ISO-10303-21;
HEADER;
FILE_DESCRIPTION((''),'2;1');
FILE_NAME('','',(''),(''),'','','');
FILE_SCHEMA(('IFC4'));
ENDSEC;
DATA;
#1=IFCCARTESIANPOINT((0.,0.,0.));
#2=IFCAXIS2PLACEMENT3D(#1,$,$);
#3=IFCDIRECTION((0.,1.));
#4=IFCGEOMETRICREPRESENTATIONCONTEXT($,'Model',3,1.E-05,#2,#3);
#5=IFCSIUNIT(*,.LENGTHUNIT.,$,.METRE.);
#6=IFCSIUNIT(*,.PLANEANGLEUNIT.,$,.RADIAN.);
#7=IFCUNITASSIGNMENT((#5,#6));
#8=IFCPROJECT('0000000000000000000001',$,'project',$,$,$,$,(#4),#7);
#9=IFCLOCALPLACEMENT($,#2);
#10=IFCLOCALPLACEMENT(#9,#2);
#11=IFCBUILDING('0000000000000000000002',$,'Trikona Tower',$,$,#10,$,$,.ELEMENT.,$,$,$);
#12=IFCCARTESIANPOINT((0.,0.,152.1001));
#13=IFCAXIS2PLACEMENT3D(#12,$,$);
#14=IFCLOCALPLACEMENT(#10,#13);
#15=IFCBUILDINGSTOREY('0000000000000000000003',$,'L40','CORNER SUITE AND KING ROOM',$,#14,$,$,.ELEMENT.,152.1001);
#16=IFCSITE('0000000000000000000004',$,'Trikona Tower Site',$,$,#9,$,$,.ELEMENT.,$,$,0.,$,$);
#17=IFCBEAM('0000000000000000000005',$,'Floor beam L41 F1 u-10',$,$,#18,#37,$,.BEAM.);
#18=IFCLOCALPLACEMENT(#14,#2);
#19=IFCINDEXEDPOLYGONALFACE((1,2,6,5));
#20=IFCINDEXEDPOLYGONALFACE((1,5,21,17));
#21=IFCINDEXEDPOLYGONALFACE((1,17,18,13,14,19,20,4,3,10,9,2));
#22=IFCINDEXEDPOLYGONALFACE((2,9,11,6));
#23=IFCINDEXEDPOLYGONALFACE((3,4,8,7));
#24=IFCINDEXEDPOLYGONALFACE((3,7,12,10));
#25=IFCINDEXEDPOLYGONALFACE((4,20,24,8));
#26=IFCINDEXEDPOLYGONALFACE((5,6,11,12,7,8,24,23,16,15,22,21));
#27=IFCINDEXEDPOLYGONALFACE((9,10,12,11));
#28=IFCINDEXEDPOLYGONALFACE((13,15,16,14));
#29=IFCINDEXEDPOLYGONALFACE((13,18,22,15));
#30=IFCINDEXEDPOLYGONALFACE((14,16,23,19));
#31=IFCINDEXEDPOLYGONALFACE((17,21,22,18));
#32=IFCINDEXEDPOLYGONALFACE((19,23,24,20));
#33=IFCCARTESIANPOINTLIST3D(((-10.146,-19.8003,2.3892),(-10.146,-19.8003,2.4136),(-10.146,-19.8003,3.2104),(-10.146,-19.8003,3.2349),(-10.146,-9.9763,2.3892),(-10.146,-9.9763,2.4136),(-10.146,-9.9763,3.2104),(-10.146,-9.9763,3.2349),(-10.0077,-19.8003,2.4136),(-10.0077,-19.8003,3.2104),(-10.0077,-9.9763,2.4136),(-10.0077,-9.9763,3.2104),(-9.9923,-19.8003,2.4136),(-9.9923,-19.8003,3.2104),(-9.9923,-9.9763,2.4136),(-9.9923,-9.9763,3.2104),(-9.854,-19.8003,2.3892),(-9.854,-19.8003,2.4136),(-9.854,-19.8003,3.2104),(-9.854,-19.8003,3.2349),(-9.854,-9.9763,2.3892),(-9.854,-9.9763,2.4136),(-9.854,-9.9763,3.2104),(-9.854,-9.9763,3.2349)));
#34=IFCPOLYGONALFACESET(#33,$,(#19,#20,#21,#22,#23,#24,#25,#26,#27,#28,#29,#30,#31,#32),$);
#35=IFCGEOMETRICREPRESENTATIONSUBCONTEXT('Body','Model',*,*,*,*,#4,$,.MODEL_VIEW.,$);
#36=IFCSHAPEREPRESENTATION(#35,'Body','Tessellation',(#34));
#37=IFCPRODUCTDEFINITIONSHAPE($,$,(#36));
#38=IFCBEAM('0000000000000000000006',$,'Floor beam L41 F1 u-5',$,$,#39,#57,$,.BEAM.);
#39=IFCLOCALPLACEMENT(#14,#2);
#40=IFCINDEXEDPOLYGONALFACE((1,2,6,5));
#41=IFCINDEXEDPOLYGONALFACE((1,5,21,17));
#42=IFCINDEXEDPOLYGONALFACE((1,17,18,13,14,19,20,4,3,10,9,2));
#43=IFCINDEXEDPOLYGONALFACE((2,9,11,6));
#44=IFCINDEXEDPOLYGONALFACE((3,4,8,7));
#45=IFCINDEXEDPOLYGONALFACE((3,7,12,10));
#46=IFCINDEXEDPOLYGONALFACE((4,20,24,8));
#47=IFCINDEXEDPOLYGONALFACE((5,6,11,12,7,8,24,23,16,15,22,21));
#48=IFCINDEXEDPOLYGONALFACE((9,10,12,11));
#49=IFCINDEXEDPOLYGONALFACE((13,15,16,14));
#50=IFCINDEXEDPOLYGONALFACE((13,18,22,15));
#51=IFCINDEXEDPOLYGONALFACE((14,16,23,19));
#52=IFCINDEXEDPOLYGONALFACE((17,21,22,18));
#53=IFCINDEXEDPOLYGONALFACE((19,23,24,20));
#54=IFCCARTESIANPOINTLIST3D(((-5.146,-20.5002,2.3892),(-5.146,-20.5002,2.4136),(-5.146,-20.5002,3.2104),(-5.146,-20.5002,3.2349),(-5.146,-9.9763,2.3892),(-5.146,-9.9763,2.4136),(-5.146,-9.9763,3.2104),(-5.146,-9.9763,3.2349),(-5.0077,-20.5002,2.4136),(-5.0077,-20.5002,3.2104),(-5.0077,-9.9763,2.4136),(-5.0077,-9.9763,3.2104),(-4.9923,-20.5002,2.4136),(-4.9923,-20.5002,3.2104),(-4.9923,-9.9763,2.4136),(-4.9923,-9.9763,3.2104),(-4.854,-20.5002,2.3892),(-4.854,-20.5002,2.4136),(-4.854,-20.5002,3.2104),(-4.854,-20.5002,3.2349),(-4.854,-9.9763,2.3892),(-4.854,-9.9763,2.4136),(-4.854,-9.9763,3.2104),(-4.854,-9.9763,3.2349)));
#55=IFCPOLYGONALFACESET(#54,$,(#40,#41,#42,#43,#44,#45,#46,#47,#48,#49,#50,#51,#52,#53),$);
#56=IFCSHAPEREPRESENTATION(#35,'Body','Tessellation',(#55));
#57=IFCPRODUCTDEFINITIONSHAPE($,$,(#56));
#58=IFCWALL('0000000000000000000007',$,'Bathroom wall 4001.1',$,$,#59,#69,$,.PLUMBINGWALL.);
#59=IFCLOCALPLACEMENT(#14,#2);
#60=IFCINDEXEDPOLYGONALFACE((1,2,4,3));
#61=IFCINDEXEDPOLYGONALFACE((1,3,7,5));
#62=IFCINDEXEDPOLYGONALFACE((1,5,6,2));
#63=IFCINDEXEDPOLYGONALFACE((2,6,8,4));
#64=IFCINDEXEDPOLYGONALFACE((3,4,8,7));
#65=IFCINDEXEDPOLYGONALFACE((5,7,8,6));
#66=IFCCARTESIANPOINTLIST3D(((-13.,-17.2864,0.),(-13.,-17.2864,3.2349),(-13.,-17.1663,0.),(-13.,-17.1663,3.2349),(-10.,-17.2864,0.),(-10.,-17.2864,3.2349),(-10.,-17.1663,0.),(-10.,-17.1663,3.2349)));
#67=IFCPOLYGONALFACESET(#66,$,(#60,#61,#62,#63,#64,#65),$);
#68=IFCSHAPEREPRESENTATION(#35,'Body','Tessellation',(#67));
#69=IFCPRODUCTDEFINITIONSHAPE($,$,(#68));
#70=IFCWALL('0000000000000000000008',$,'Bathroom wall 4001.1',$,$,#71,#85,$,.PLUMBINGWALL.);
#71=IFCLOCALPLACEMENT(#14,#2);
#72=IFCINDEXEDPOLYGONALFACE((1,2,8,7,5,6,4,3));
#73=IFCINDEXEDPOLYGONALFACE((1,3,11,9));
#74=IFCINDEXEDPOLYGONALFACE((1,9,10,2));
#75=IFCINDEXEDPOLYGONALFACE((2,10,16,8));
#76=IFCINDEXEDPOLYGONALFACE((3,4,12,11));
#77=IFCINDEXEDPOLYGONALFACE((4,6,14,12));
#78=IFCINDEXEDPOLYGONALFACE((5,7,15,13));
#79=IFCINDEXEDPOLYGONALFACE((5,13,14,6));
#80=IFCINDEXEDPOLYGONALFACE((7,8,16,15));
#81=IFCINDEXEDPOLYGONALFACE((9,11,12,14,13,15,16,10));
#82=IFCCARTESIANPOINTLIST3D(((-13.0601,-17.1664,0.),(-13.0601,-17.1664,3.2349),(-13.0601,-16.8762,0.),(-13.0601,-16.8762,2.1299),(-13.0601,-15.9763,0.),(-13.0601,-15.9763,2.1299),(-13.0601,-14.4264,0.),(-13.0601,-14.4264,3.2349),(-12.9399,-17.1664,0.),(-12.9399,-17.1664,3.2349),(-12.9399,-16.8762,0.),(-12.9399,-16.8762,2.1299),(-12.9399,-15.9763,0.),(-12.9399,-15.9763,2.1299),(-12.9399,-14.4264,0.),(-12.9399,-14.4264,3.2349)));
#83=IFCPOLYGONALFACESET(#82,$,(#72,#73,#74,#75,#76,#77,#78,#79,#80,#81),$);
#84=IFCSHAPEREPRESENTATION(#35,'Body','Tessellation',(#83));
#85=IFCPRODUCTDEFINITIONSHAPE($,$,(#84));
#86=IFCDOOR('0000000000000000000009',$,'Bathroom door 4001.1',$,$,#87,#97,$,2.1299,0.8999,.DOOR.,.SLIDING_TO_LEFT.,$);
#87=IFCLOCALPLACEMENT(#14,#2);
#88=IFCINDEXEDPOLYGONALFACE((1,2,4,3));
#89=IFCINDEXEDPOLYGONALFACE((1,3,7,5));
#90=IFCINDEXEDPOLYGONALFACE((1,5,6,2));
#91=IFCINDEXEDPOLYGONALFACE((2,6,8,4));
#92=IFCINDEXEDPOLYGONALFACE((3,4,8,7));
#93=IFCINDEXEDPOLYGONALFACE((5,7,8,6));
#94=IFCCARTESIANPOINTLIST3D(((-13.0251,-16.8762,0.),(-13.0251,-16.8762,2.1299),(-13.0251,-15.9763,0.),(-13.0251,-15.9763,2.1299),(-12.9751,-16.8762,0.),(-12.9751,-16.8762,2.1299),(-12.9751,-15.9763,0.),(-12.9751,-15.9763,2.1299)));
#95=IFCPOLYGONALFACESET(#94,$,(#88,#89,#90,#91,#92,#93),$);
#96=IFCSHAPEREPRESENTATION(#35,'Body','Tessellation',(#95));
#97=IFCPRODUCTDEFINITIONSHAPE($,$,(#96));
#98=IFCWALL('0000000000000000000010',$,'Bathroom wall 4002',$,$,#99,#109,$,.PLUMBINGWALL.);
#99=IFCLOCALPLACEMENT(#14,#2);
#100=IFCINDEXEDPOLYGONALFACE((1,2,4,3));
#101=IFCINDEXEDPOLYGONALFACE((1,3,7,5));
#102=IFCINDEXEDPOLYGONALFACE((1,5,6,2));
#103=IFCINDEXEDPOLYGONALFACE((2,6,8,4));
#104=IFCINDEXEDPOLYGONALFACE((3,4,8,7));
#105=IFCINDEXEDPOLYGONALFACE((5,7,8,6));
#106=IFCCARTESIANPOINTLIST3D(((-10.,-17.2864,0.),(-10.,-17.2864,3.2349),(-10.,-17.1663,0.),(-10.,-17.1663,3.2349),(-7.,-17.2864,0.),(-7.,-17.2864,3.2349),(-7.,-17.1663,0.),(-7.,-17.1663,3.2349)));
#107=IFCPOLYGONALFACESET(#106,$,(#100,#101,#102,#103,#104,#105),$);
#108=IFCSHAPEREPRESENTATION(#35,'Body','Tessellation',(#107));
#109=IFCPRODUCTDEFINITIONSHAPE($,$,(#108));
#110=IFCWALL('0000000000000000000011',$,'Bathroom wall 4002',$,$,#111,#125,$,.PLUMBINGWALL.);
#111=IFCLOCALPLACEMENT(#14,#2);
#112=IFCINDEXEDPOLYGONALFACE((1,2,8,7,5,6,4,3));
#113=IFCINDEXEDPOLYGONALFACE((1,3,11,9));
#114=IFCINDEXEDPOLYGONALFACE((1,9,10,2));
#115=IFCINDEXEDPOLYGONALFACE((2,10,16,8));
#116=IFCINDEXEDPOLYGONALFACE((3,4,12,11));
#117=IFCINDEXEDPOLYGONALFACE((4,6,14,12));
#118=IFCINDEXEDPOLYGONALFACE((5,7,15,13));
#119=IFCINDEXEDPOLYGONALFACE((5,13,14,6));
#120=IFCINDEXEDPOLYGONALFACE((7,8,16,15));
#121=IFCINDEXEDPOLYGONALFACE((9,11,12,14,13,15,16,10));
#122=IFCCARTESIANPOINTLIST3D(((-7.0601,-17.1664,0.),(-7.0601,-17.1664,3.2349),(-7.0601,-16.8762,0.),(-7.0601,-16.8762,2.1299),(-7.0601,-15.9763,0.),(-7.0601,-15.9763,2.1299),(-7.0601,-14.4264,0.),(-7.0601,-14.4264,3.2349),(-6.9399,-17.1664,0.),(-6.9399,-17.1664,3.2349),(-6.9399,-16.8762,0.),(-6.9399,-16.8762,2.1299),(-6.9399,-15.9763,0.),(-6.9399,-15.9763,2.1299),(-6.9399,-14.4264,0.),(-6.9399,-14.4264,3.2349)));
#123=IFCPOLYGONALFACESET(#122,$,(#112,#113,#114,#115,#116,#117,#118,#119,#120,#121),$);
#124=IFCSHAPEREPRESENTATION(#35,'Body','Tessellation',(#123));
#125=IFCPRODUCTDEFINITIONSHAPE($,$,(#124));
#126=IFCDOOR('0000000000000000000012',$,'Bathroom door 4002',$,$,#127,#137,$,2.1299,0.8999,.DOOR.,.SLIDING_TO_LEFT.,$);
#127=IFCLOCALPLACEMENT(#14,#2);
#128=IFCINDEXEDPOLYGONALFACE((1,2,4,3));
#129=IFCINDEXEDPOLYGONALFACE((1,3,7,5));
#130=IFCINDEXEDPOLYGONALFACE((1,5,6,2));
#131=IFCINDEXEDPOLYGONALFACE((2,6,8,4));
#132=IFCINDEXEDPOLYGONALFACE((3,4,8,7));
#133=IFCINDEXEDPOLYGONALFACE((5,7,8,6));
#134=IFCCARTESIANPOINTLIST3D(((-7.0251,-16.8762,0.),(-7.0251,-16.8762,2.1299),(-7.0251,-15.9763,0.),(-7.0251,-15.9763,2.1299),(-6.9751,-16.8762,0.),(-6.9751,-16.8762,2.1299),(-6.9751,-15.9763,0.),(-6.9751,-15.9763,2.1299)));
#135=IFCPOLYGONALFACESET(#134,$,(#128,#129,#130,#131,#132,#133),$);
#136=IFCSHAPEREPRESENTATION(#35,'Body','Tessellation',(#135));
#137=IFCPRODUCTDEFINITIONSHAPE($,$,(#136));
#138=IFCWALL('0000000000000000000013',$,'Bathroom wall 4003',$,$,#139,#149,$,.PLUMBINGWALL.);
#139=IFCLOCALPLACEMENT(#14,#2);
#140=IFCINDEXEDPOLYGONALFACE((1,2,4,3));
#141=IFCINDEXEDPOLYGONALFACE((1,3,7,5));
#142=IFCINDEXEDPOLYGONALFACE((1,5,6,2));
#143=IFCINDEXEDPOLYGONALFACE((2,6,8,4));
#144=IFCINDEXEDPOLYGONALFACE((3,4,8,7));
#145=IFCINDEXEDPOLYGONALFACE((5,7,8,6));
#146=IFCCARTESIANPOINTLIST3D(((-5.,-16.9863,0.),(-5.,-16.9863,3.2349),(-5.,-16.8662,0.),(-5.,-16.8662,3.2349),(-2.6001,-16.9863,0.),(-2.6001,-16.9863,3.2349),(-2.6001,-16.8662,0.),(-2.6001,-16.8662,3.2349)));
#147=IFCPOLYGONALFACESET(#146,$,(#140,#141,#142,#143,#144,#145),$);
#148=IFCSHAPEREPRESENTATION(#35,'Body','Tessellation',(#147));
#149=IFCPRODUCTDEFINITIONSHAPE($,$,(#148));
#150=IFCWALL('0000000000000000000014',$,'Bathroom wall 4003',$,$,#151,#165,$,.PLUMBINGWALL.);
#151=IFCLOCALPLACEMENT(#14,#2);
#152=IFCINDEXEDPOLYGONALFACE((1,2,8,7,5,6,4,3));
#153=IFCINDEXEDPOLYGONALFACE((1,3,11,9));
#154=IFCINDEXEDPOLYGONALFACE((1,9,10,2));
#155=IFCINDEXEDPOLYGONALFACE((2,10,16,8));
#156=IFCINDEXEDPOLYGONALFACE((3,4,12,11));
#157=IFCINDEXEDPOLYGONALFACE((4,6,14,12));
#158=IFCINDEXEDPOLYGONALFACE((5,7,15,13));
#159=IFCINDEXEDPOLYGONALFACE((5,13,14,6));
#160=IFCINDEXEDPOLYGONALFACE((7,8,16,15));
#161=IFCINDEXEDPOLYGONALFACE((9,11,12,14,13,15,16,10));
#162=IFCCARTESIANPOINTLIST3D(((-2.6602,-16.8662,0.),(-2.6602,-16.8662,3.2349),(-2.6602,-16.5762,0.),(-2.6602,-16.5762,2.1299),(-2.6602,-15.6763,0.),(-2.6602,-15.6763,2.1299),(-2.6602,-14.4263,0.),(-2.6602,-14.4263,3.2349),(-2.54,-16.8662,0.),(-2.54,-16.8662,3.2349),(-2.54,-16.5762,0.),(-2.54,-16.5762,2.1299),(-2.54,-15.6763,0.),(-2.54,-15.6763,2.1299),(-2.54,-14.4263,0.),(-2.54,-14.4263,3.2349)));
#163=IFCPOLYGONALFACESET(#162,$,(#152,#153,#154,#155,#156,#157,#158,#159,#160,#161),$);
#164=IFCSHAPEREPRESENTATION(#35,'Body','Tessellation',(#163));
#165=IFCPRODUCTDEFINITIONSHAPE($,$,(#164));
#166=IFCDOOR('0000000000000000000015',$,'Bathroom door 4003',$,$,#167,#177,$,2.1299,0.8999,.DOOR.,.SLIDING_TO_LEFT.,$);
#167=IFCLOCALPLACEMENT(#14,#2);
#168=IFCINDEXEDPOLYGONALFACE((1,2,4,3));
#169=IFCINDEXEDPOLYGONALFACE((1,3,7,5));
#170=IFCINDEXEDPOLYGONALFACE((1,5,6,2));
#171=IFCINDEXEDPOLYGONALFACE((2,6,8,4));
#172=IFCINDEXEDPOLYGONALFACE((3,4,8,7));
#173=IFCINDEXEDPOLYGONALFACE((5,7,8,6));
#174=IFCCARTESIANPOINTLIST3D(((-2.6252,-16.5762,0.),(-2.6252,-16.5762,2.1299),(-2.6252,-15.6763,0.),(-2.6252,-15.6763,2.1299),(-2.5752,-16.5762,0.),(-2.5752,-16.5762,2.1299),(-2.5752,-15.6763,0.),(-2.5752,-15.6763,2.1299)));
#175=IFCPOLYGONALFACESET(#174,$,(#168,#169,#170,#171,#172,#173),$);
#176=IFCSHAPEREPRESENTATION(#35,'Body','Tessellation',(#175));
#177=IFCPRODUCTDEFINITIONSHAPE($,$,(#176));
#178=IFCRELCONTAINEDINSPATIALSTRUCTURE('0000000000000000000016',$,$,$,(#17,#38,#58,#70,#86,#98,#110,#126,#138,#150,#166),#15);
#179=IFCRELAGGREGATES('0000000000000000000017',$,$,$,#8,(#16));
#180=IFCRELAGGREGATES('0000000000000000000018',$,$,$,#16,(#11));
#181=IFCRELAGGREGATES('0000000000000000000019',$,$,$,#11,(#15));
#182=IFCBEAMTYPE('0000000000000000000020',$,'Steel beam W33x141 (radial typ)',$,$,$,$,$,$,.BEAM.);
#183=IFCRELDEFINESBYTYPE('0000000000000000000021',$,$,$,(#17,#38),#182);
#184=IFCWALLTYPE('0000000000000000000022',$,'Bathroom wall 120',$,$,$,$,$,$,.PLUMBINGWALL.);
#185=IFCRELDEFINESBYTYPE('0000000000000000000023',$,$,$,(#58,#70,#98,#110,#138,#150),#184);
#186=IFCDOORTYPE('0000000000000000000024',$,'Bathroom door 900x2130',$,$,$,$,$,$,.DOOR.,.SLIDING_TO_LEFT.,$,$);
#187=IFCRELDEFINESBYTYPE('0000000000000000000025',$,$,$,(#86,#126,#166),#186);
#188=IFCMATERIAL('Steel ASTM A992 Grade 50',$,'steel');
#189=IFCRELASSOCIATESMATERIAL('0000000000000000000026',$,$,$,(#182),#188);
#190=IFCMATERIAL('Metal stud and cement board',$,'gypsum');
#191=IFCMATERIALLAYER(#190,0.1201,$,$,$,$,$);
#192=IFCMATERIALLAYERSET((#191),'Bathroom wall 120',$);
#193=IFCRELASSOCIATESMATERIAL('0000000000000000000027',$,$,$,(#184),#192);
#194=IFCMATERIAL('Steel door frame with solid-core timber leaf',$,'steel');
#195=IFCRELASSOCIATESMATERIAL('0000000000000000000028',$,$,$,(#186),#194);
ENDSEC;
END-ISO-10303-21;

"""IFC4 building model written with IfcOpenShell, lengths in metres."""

from ifc_helpers import new_model, si_unit, direction, frame, frame_2d, origin, origin_2d, place, context, subcontext, project, spatial, rectangle, i_section, extrude, material, layer, layer_set, material_profile, profile_set, type_object, element, fill, save


model = new_model("IFC4")

# Units and contexts
model_context = context("Model", 3, precision=1e-05, world=origin(), true_north=direction((0.0, 1.0)))
body_context = subcontext(model_context, "Body", "Model", "MODEL_VIEW")
ifc_project = project(units=[si_unit("LENGTHUNIT", "METRE"), si_unit("PLANEANGLEUNIT", "RADIAN")], contexts=[model_context])

# Site, building, storey
site_placement = place(None, origin())
site = spatial("IfcSite", under=ifc_project, at=site_placement, Name="Trikona Tower Site", CompositionType="ELEMENT", RefElevation=0.0)
building_placement = place(site_placement, origin())
building = spatial("IfcBuilding", under=site, at=building_placement, Name="Trikona Tower", CompositionType="ELEMENT")
storey_placement = place(building_placement, frame((0.0, 0.0, 152.1001)))
storey = spatial("IfcBuildingStorey", under=building, at=storey_placement, Name="L40", Description="CORNER SUITE AND KING ROOM", CompositionType="ELEMENT", Elevation=152.1001)

# Beams
ifc_material_1 = material(Name="Steel ASTM A992 Grade 50", Category="steel")
ifc_material_profile = material_profile(ifc_material_1, i_section(OverallWidth=0.292, OverallDepth=0.8457, WebThickness=0.0154, FlangeThickness=0.0244, at=origin_2d()), Name="W33X141")
ifc_profile_set = profile_set([ifc_material_profile], Name="Steel ASTM A992 Grade 50")
beam_type = type_object("IfcBeamType", Name="Steel beam W33x141 (radial typ)", PredefinedType="BEAM", material=ifc_profile_set)
beam_1_placement = place(storey_placement, frame((-10.0, -9.9763, 2.812), z_axis=(0.0, -1.0, 0.0), x_axis=(1.0, 0.0, 0.0)))
element("IfcBeam", 1, at=beam_1_placement, inside=storey, type_object=beam_type, Name="Floor beam L41 F1 u-10", PredefinedType="BEAM", context=body_context, shape_type="SweptSolid", body=[
    extrude(i_section(OverallWidth=0.292, OverallDepth=0.8457, WebThickness=0.0154, FlangeThickness=0.0244, at=origin_2d()), origin(), (0.0, 0.0, 1.0), 9.824),
])
beam_2_placement = place(storey_placement, frame((-5.0, -9.9763, 2.812), z_axis=(0.0, -1.0, 0.0), x_axis=(1.0, 0.0, 0.0)))
element("IfcBeam", 2, at=beam_2_placement, inside=storey, type_object=beam_type, Name="Floor beam L41 F1 u-5", PredefinedType="BEAM", context=body_context, shape_type="SweptSolid", body=[
    extrude(i_section(OverallWidth=0.292, OverallDepth=0.8457, WebThickness=0.0154, FlangeThickness=0.0244, at=origin_2d()), origin(), (0.0, 0.0, 1.0), 10.5239),
])

# Wall
ifc_material_2 = material(Name="Metal stud and cement board", Category="gypsum")
ifc_layer_1 = layer(ifc_material_2, 0.1201)
ifc_layer_set_1 = layer_set([ifc_layer_1], Name="Bathroom wall 120")
wall_type_1 = type_object("IfcWallType", Name="Bathroom wall 120", PredefinedType="PLUMBINGWALL", material=ifc_layer_set_1)
wall_1_placement = place(storey_placement, frame((-13.0, -17.2263, 0.0), z_axis=(0.0, 0.0, 1.0), x_axis=(1.0, 0.0, 0.0)))
element("IfcWall", 3, at=wall_1_placement, inside=storey, type_object=wall_type_1, Name="Bathroom wall 4001.1", PredefinedType="PLUMBINGWALL", context=body_context, shape_type="SweptSolid", body=[
    extrude(rectangle(XDim=3.0, YDim=0.1201, at=frame_2d((1.5, 0.0))), origin(), (0.0, 0.0, 1.0), 3.2349),
])

# Wall, opening, door
wall_2_placement = place(storey_placement, frame((-13.0, -14.4263, 0.0), z_axis=(0.0, 0.0, 1.0), x_axis=(0.0, -1.0, 0.0)))
wall_2 = element("IfcWall", 4, at=wall_2_placement, inside=storey, type_object=wall_type_1, Name="Bathroom wall 4001.1", PredefinedType="PLUMBINGWALL", context=body_context, shape_type="SweptSolid", body=[
    extrude(rectangle(XDim=2.74, YDim=0.1201, at=frame_2d((1.3701, 0.0))), origin(), (0.0, 0.0, 1.0), 3.2349),
])
opening_1_placement = place(wall_2_placement, frame((1.55, 0.0, 0.0)))
opening_1 = element("IfcOpeningElement", 5, at=opening_1_placement, cuts=wall_2, PredefinedType="OPENING", context=body_context, shape_type="SweptSolid", body=[
    extrude(rectangle(XDim=0.8999, YDim=2.1299, at=frame_2d((0.45, 1.0649))), frame((0.0, 0.0701, 0.0), z_axis=(0.0, -1.0, 0.0), x_axis=(1.0, 0.0, 0.0)), (0.0, 0.0, 1.0), 0.1401),
])
ifc_material_3 = material(Name="Steel door frame with solid-core timber leaf", Category="steel")
door_type_1 = type_object("IfcDoorType", Name="Bathroom door 900x2130", OperationType="SLIDING_TO_LEFT", PredefinedType="DOOR", material=ifc_material_3)
door_1_placement = place(opening_1_placement, origin())
door_1 = element("IfcDoor", 6, at=door_1_placement, inside=storey, type_object=door_type_1, Name="Bathroom door 4001.1", OperationType="SLIDING_TO_LEFT", OverallHeight=2.1299, OverallWidth=0.8999, PredefinedType="DOOR", context=body_context, shape_type="SweptSolid", body=[
    extrude(rectangle(XDim=0.8999, YDim=2.1299, at=frame_2d((0.45, 1.0649))), frame((0.0, 0.0249, 0.0), z_axis=(0.0, -1.0, 0.0), x_axis=(1.0, 0.0, 0.0)), (0.0, 0.0, 1.0), 0.05),
])
fill(opening_1, door_1)

# Wall
wall_3_placement = place(storey_placement, frame((-10.0, -17.2263, 0.0), z_axis=(0.0, 0.0, 1.0), x_axis=(1.0, 0.0, 0.0)))
element("IfcWall", 7, at=wall_3_placement, inside=storey, type_object=wall_type_1, Name="Bathroom wall 4002", PredefinedType="PLUMBINGWALL", context=body_context, shape_type="SweptSolid", body=[
    extrude(rectangle(XDim=3.0, YDim=0.1201, at=frame_2d((1.5, 0.0))), origin(), (0.0, 0.0, 1.0), 3.2349),
])

# Wall, opening, door
wall_4_placement = place(storey_placement, frame((-7.0, -14.4263, 0.0), z_axis=(0.0, 0.0, 1.0), x_axis=(0.0, -1.0, 0.0)))
wall_4 = element("IfcWall", 8, at=wall_4_placement, inside=storey, type_object=wall_type_1, Name="Bathroom wall 4002", PredefinedType="PLUMBINGWALL", context=body_context, shape_type="SweptSolid", body=[
    extrude(rectangle(XDim=2.74, YDim=0.1201, at=frame_2d((1.3701, 0.0))), origin(), (0.0, 0.0, 1.0), 3.2349),
])
opening_2_placement = place(wall_4_placement, frame((1.55, 0.0, 0.0)))
opening_2 = element("IfcOpeningElement", 9, at=opening_2_placement, cuts=wall_4, PredefinedType="OPENING", context=body_context, shape_type="SweptSolid", body=[
    extrude(rectangle(XDim=0.8999, YDim=2.1299, at=frame_2d((0.45, 1.0649))), frame((0.0, 0.0701, 0.0), z_axis=(0.0, -1.0, 0.0), x_axis=(1.0, 0.0, 0.0)), (0.0, 0.0, 1.0), 0.1401),
])
door_2_placement = place(opening_2_placement, origin())
door_2 = element("IfcDoor", 10, at=door_2_placement, inside=storey, type_object=door_type_1, Name="Bathroom door 4002", OperationType="SLIDING_TO_LEFT", OverallHeight=2.1299, OverallWidth=0.8999, PredefinedType="DOOR", context=body_context, shape_type="SweptSolid", body=[
    extrude(rectangle(XDim=0.8999, YDim=2.1299, at=frame_2d((0.45, 1.0649))), frame((0.0, 0.0249, 0.0), z_axis=(0.0, -1.0, 0.0), x_axis=(1.0, 0.0, 0.0)), (0.0, 0.0, 1.0), 0.05),
])
fill(opening_2, door_2)

# Wall
wall_5_placement = place(storey_placement, frame((-5.0, -16.9263, 0.0), z_axis=(0.0, 0.0, 1.0), x_axis=(1.0, 0.0, 0.0)))
element("IfcWall", 11, at=wall_5_placement, inside=storey, type_object=wall_type_1, Name="Bathroom wall 4003", PredefinedType="PLUMBINGWALL", context=body_context, shape_type="SweptSolid", body=[
    extrude(rectangle(XDim=2.3999, YDim=0.1201, at=frame_2d((1.2, 0.0))), origin(), (0.0, 0.0, 1.0), 3.2349),
])

# Wall, opening, door
wall_6_placement = place(storey_placement, frame((-2.6001, -14.4263, 0.0), z_axis=(0.0, 0.0, 1.0), x_axis=(0.0, -1.0, 0.0)))
wall_6 = element("IfcWall", 12, at=wall_6_placement, inside=storey, type_object=wall_type_1, Name="Bathroom wall 4003", PredefinedType="PLUMBINGWALL", context=body_context, shape_type="SweptSolid", body=[
    extrude(rectangle(XDim=2.4399, YDim=0.1201, at=frame_2d((1.22, 0.0))), origin(), (0.0, 0.0, 1.0), 3.2349),
])
opening_3_placement = place(wall_6_placement, frame((1.25, 0.0, 0.0)))
opening_3 = element("IfcOpeningElement", 13, at=opening_3_placement, cuts=wall_6, PredefinedType="OPENING", context=body_context, shape_type="SweptSolid", body=[
    extrude(rectangle(XDim=0.8999, YDim=2.1299, at=frame_2d((0.45, 1.0649))), frame((0.0, 0.0701, 0.0), z_axis=(0.0, -1.0, 0.0), x_axis=(1.0, 0.0, 0.0)), (0.0, 0.0, 1.0), 0.1401),
])
door_3_placement = place(opening_3_placement, origin())
door_3 = element("IfcDoor", 14, at=door_3_placement, inside=storey, type_object=door_type_1, Name="Bathroom door 4003", OperationType="SLIDING_TO_LEFT", OverallHeight=2.1299, OverallWidth=0.8999, PredefinedType="DOOR", context=body_context, shape_type="SweptSolid", body=[
    extrude(rectangle(XDim=0.8999, YDim=2.1299, at=frame_2d((0.45, 1.0649))), frame((0.0, 0.0249, 0.0), z_axis=(0.0, -1.0, 0.0), x_axis=(1.0, 0.0, 0.0)), (0.0, 0.0, 1.0), 0.05),
])
fill(opening_3, door_3)

save(model, "model.ifc")
